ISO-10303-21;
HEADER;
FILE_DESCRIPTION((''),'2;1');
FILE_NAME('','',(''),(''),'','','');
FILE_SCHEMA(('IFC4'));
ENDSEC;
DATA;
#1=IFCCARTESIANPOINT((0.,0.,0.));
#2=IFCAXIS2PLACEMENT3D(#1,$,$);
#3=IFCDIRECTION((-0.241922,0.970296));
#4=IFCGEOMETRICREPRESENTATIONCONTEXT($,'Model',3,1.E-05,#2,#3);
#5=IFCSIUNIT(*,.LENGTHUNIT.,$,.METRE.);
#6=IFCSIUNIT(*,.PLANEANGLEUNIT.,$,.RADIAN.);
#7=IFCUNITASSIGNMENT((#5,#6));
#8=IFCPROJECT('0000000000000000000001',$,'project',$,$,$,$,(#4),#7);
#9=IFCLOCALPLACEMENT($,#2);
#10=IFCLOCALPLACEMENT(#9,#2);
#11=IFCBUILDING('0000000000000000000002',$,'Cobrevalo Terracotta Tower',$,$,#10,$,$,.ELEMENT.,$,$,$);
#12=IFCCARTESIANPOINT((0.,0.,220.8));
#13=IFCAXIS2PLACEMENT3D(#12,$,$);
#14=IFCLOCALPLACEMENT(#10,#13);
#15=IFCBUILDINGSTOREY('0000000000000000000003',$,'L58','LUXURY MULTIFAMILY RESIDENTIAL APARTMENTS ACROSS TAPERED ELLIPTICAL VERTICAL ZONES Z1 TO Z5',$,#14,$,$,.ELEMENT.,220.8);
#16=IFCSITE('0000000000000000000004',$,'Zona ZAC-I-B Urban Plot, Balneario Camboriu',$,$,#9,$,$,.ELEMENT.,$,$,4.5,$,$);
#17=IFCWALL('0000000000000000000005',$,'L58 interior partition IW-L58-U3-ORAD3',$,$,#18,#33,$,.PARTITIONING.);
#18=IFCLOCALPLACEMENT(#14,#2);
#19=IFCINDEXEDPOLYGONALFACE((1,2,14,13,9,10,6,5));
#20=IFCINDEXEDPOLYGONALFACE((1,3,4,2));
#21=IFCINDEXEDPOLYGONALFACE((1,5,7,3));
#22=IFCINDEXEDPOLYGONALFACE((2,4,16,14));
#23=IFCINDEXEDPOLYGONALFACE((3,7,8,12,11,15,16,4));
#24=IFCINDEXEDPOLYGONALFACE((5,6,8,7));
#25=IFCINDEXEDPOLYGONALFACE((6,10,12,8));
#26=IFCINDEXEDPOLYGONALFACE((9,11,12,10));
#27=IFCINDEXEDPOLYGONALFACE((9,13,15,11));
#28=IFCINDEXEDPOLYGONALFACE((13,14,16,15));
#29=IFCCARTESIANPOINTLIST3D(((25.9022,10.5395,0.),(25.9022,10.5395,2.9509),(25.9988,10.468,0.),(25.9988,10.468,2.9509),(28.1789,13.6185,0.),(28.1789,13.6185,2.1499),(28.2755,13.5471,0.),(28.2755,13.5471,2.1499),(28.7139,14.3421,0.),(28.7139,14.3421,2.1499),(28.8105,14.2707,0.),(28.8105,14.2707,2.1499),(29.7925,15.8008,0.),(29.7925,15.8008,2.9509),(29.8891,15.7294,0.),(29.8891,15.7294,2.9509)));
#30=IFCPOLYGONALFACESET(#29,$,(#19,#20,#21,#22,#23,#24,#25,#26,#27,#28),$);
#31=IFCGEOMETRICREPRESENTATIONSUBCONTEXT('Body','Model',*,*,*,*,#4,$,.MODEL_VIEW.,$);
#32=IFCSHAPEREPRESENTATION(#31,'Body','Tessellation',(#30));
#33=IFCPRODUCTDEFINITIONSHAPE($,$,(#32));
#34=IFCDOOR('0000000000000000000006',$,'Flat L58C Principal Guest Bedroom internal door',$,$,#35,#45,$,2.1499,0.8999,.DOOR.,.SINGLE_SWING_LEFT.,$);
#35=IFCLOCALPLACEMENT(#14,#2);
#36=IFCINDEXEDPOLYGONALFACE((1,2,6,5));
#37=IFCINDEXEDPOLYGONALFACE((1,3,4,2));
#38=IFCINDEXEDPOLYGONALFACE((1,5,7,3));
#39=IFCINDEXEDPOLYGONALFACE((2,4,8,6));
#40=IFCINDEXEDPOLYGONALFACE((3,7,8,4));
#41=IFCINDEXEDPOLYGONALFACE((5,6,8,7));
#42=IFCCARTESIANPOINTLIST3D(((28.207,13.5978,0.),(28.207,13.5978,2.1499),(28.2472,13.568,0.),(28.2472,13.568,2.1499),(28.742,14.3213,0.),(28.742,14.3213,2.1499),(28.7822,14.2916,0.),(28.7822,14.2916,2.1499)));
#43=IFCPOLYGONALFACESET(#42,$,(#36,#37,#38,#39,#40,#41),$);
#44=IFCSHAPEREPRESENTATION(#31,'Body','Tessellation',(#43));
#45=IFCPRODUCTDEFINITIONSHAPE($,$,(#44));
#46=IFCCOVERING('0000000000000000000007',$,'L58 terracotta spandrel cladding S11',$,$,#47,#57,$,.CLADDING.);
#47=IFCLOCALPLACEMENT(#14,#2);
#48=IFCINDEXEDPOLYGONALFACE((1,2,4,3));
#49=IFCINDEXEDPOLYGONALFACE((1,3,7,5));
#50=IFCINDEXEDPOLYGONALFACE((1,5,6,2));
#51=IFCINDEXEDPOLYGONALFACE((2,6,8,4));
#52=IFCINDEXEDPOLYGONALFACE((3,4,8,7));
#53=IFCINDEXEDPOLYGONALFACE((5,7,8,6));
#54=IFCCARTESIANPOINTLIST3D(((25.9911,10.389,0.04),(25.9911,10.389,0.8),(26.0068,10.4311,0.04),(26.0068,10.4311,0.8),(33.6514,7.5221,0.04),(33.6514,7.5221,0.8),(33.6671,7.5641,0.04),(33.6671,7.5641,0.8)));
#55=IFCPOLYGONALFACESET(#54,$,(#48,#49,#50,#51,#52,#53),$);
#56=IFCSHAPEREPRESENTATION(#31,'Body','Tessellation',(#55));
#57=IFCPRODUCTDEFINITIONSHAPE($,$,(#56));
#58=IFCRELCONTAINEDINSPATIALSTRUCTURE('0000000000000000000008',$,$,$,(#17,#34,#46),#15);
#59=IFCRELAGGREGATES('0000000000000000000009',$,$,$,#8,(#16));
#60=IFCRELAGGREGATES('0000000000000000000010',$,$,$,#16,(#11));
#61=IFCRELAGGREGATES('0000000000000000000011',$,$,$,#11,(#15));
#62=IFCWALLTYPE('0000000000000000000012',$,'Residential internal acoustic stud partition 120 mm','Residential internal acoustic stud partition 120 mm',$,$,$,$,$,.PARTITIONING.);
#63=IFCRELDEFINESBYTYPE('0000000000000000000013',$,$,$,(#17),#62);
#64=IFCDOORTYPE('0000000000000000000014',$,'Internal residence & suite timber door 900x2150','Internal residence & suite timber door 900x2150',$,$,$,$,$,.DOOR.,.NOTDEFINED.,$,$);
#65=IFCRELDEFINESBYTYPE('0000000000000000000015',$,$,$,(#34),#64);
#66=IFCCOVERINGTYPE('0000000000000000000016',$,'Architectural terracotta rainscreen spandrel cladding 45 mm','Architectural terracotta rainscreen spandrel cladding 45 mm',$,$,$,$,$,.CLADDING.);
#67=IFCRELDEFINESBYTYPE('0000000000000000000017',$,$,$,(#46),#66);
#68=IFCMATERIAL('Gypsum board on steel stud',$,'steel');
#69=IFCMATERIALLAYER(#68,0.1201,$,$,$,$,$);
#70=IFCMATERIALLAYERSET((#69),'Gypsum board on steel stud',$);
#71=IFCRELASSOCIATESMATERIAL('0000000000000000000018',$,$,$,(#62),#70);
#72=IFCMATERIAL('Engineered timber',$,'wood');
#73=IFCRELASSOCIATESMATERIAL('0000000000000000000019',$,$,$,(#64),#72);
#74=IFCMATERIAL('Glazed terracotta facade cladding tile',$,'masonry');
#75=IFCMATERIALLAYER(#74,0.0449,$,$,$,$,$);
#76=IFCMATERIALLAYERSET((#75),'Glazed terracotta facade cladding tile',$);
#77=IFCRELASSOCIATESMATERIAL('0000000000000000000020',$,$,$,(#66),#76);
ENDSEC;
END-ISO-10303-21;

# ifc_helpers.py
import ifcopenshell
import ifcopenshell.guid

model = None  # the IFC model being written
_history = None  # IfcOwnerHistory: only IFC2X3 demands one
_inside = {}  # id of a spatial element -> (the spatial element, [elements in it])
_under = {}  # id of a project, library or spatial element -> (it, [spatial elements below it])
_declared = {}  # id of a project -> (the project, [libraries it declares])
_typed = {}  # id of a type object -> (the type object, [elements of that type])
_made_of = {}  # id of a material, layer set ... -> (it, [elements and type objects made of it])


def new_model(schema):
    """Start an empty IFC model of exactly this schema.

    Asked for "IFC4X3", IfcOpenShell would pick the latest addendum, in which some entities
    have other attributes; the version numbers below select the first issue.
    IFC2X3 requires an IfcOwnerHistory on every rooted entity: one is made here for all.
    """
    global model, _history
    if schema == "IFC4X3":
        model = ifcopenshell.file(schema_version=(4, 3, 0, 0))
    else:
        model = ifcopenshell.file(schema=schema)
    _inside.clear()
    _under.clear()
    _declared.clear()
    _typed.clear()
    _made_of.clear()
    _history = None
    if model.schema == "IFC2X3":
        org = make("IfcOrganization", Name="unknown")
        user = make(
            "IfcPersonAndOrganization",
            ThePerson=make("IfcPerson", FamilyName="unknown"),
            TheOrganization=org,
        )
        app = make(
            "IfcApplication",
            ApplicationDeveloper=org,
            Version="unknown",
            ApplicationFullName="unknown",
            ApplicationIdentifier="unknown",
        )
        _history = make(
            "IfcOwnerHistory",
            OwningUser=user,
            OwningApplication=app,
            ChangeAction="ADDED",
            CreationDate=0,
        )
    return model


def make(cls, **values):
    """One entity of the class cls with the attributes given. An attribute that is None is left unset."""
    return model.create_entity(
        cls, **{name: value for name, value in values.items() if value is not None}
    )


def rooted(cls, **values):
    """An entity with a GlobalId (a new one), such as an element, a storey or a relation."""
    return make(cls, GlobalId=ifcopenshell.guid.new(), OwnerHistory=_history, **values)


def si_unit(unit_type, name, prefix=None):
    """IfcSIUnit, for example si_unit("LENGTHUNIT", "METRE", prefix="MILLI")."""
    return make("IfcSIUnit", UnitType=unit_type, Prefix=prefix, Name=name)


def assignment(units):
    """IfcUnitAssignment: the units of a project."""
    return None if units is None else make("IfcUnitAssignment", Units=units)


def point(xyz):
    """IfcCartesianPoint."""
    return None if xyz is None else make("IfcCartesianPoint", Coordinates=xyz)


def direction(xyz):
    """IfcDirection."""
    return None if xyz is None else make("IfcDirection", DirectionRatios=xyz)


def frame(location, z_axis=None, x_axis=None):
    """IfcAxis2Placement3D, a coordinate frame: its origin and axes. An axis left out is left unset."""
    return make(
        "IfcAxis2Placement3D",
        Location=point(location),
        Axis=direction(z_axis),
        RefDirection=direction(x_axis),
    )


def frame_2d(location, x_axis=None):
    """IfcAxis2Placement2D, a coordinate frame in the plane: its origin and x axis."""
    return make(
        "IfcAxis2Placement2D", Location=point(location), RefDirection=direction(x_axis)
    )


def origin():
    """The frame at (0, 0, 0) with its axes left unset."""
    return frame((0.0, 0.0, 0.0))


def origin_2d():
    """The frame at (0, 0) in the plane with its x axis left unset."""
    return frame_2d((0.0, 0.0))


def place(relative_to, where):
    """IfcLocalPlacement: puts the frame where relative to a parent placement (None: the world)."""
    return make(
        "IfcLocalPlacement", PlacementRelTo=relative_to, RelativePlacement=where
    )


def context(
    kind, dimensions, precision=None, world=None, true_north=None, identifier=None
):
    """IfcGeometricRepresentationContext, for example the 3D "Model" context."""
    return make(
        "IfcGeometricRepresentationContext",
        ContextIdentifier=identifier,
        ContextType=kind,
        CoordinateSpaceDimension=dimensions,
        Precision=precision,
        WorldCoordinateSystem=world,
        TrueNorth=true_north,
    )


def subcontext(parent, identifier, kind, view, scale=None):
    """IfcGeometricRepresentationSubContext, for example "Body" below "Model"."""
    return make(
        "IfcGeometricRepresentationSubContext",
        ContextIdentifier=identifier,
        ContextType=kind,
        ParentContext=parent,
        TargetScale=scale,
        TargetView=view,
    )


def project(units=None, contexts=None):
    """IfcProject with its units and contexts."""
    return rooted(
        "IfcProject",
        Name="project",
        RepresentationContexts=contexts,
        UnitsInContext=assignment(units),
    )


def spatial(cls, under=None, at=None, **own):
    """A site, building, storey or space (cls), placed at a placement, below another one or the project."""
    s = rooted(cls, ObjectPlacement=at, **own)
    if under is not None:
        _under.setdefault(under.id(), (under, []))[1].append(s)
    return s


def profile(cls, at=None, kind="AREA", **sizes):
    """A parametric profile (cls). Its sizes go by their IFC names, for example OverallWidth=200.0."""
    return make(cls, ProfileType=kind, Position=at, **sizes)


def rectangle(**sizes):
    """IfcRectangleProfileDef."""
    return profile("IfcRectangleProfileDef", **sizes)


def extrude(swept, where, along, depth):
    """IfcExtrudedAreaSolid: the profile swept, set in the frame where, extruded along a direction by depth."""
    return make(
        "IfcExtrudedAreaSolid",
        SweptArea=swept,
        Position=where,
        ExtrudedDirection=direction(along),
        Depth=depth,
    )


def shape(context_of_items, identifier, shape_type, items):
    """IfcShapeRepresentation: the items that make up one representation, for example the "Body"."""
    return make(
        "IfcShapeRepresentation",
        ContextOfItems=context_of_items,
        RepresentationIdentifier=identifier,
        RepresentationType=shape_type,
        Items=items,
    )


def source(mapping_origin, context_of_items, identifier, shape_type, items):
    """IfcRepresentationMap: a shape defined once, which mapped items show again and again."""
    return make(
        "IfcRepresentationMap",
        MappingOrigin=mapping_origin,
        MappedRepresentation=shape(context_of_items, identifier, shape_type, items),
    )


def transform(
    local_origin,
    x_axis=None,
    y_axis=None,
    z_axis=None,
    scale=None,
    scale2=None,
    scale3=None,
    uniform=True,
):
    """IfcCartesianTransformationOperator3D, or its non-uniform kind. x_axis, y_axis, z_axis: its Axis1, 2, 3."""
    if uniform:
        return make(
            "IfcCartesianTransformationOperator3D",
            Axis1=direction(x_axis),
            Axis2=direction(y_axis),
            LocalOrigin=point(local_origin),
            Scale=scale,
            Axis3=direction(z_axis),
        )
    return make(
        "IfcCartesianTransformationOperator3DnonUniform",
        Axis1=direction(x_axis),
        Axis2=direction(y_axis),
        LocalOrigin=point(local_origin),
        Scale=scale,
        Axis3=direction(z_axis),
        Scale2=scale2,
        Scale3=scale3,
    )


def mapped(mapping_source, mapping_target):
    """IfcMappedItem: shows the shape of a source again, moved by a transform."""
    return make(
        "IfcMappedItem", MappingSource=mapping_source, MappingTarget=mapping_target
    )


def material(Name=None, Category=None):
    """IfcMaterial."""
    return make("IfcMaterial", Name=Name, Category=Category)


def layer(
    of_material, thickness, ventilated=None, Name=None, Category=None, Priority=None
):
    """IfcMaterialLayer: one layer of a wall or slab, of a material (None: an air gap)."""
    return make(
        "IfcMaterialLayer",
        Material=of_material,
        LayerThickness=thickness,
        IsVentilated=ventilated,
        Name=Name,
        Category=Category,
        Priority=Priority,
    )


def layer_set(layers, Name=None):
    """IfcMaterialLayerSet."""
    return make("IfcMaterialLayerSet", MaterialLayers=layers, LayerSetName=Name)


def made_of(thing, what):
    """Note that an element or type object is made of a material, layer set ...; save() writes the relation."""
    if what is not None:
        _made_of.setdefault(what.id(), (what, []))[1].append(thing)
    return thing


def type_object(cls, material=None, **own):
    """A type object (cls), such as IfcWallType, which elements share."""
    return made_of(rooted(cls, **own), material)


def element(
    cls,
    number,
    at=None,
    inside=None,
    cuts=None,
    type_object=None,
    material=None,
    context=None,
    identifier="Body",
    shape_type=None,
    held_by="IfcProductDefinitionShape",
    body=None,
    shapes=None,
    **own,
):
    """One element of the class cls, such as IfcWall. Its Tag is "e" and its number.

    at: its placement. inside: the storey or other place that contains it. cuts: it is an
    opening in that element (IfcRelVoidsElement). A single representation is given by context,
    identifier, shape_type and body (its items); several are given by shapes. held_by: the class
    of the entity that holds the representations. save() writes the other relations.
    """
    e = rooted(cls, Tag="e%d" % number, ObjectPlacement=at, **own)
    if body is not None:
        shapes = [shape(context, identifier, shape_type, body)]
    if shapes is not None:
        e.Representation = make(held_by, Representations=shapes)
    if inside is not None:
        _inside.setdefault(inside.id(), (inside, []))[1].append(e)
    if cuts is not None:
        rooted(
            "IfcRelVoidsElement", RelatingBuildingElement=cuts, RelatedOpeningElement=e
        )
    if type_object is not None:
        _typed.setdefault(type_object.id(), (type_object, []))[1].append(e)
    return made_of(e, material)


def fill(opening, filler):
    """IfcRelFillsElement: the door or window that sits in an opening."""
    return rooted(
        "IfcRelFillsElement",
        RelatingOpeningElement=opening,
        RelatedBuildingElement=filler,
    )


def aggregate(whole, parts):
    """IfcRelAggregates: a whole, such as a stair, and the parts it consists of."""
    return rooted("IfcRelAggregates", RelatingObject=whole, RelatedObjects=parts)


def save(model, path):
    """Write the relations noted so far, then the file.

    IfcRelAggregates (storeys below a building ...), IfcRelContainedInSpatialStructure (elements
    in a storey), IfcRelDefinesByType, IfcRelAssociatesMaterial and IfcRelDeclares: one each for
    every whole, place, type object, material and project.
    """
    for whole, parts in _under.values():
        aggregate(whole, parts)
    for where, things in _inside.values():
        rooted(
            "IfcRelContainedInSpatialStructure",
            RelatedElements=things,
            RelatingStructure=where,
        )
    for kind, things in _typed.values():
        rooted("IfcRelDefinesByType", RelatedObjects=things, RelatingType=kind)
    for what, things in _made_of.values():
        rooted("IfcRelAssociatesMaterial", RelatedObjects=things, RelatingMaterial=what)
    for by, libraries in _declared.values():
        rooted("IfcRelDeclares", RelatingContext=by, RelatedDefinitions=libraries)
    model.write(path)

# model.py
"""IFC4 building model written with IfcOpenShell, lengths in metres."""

from ifc_helpers import new_model, si_unit, direction, frame, frame_2d, origin, origin_2d, place, context, subcontext, project, spatial, rectangle, extrude, source, transform, mapped, material, layer, layer_set, type_object, element, fill, save


model = new_model("IFC4")

# Units and contexts
model_context = context("Model", 3, precision=1e-05, world=origin(), true_north=direction((-0.241922, 0.970296)))
body_context = subcontext(model_context, "Body", "Model", "MODEL_VIEW")
ifc_project = project(units=[si_unit("LENGTHUNIT", "METRE"), si_unit("PLANEANGLEUNIT", "RADIAN")], contexts=[model_context])

# Site, building, storey
site_placement = place(None, origin())
site = spatial("IfcSite", under=ifc_project, at=site_placement, Name="Zona ZAC-I-B Urban Plot, Balneario Camboriu", CompositionType="ELEMENT", RefElevation=4.5)
building_placement = place(site_placement, origin())
building = spatial("IfcBuilding", under=site, at=building_placement, Name="Cobrevalo Terracotta Tower", CompositionType="ELEMENT")
storey_placement = place(building_placement, frame((0.0, 0.0, 220.8)))
storey = spatial("IfcBuildingStorey", under=building, at=storey_placement, Name="L58", Description="LUXURY MULTIFAMILY RESIDENTIAL APARTMENTS ACROSS TAPERED ELLIPTICAL VERTICAL ZONES Z1 TO Z5", CompositionType="ELEMENT", Elevation=220.8)

# Shared definitions
ifc_material_1 = material(Name="Gypsum board on steel stud", Category="steel")
ifc_layer_1 = layer(ifc_material_1, 0.1201)
ifc_layer_set_1 = layer_set([ifc_layer_1], Name="Gypsum board on steel stud")
wall_type_1 = type_object("IfcWallType", Name="Residential internal acoustic stud partition 120 mm", Description="Residential internal acoustic stud partition 120 mm", PredefinedType="PARTITIONING", material=ifc_layer_set_1)

# Wall, opening, door
ifc_material_2 = material(Name="Engineered timber", Category="wood")
door_type_1 = type_object("IfcDoorType", Name="Internal residence & suite timber door 900x2150", Description="Internal residence & suite timber door 900x2150", OperationType="NOTDEFINED", PredefinedType="DOOR", material=ifc_material_2)
shared_shape_1 = source(origin(), body_context, "Body", "SweptSolid", [
    extrude(rectangle(XDim=0.8999, YDim=2.1499, at=frame_2d((0.45, 1.075))), frame((0.0, 0.0249, 0.0), z_axis=(0.0, -1.0, 0.0), x_axis=(1.0, 0.0, 0.0)), (0.0, 0.0, 1.0), 0.05),
])
wall_1_placement = place(storey_placement, frame((29.8408, 15.7651, 0.0), z_axis=(0.0, 0.0, 1.0), x_axis=(-0.594536, -0.804069, 0.0)))
wall_1 = element("IfcWall", 1, at=wall_1_placement, inside=storey, type_object=wall_type_1, Name="L58 interior partition IW-L58-U3-ORAD3", PredefinedType="PARTITIONING", context=body_context, shape_type="SweptSolid", body=[
    extrude(rectangle(XDim=6.5435, YDim=0.1201, at=frame_2d((3.2717, 0.0))), origin(), (0.0, 0.0, 1.0), 2.9509),
])
opening_1_placement = place(wall_1_placement, frame((1.8142, 0.0, 0.0)))
opening_1 = element("IfcOpeningElement", 2, at=opening_1_placement, cuts=wall_1, PredefinedType="OPENING", context=body_context, shape_type="SweptSolid", body=[
    extrude(rectangle(XDim=0.8999, YDim=2.1499, at=frame_2d((0.45, 1.075))), frame((0.0, 0.0701, 0.0), z_axis=(0.0, -1.0, 0.0), x_axis=(1.0, 0.0, 0.0)), (0.0, 0.0, 1.0), 0.1401),
])
door_1_placement = place(opening_1_placement, origin())
door_1 = element("IfcDoor", 3, at=door_1_placement, inside=storey, type_object=door_type_1, Name="Flat L58C Principal Guest Bedroom internal door", OperationType="SINGLE_SWING_LEFT", OverallHeight=2.1499, OverallWidth=0.8999, PredefinedType="DOOR", context=body_context, shape_type="MappedRepresentation", body=[
    mapped(shared_shape_1, transform((0.0, 0.0, 0.0), scale=1.0)),
])
fill(opening_1, door_1)

# Covering
ifc_material_3 = material(Name="Glazed terracotta facade cladding tile", Category="masonry")
ifc_layer_2 = layer(ifc_material_3, 0.0449)
ifc_layer_set_2 = layer_set([ifc_layer_2], Name="Glazed terracotta facade cladding tile")
covering_type = type_object("IfcCoveringType", Name="Architectural terracotta rainscreen spandrel cladding 45 mm", Description="Architectural terracotta rainscreen spandrel cladding 45 mm", PredefinedType="CLADDING", material=ifc_layer_set_2)
shared_shape_2 = source(origin(), body_context, "Body", "SweptSolid", [
    extrude(rectangle(XDim=8.1792, YDim=0.0449, at=origin_2d()), origin(), (0.0, 0.0, 1.0), 0.76),
])
covering_placement = place(storey_placement, frame((29.8291, 8.9766, 0.04), z_axis=(0.0, 0.0, 1.0), x_axis=(0.936558, -0.350513, 0.0)))
element("IfcCovering", 4, at=covering_placement, inside=storey, type_object=covering_type, Name="L58 terracotta spandrel cladding S11", PredefinedType="CLADDING", context=body_context, shape_type="MappedRepresentation", body=[
    mapped(shared_shape_2, transform((0.0, 0.0, 0.0), scale=1.0)),
])

save(model, "model.ifc")
